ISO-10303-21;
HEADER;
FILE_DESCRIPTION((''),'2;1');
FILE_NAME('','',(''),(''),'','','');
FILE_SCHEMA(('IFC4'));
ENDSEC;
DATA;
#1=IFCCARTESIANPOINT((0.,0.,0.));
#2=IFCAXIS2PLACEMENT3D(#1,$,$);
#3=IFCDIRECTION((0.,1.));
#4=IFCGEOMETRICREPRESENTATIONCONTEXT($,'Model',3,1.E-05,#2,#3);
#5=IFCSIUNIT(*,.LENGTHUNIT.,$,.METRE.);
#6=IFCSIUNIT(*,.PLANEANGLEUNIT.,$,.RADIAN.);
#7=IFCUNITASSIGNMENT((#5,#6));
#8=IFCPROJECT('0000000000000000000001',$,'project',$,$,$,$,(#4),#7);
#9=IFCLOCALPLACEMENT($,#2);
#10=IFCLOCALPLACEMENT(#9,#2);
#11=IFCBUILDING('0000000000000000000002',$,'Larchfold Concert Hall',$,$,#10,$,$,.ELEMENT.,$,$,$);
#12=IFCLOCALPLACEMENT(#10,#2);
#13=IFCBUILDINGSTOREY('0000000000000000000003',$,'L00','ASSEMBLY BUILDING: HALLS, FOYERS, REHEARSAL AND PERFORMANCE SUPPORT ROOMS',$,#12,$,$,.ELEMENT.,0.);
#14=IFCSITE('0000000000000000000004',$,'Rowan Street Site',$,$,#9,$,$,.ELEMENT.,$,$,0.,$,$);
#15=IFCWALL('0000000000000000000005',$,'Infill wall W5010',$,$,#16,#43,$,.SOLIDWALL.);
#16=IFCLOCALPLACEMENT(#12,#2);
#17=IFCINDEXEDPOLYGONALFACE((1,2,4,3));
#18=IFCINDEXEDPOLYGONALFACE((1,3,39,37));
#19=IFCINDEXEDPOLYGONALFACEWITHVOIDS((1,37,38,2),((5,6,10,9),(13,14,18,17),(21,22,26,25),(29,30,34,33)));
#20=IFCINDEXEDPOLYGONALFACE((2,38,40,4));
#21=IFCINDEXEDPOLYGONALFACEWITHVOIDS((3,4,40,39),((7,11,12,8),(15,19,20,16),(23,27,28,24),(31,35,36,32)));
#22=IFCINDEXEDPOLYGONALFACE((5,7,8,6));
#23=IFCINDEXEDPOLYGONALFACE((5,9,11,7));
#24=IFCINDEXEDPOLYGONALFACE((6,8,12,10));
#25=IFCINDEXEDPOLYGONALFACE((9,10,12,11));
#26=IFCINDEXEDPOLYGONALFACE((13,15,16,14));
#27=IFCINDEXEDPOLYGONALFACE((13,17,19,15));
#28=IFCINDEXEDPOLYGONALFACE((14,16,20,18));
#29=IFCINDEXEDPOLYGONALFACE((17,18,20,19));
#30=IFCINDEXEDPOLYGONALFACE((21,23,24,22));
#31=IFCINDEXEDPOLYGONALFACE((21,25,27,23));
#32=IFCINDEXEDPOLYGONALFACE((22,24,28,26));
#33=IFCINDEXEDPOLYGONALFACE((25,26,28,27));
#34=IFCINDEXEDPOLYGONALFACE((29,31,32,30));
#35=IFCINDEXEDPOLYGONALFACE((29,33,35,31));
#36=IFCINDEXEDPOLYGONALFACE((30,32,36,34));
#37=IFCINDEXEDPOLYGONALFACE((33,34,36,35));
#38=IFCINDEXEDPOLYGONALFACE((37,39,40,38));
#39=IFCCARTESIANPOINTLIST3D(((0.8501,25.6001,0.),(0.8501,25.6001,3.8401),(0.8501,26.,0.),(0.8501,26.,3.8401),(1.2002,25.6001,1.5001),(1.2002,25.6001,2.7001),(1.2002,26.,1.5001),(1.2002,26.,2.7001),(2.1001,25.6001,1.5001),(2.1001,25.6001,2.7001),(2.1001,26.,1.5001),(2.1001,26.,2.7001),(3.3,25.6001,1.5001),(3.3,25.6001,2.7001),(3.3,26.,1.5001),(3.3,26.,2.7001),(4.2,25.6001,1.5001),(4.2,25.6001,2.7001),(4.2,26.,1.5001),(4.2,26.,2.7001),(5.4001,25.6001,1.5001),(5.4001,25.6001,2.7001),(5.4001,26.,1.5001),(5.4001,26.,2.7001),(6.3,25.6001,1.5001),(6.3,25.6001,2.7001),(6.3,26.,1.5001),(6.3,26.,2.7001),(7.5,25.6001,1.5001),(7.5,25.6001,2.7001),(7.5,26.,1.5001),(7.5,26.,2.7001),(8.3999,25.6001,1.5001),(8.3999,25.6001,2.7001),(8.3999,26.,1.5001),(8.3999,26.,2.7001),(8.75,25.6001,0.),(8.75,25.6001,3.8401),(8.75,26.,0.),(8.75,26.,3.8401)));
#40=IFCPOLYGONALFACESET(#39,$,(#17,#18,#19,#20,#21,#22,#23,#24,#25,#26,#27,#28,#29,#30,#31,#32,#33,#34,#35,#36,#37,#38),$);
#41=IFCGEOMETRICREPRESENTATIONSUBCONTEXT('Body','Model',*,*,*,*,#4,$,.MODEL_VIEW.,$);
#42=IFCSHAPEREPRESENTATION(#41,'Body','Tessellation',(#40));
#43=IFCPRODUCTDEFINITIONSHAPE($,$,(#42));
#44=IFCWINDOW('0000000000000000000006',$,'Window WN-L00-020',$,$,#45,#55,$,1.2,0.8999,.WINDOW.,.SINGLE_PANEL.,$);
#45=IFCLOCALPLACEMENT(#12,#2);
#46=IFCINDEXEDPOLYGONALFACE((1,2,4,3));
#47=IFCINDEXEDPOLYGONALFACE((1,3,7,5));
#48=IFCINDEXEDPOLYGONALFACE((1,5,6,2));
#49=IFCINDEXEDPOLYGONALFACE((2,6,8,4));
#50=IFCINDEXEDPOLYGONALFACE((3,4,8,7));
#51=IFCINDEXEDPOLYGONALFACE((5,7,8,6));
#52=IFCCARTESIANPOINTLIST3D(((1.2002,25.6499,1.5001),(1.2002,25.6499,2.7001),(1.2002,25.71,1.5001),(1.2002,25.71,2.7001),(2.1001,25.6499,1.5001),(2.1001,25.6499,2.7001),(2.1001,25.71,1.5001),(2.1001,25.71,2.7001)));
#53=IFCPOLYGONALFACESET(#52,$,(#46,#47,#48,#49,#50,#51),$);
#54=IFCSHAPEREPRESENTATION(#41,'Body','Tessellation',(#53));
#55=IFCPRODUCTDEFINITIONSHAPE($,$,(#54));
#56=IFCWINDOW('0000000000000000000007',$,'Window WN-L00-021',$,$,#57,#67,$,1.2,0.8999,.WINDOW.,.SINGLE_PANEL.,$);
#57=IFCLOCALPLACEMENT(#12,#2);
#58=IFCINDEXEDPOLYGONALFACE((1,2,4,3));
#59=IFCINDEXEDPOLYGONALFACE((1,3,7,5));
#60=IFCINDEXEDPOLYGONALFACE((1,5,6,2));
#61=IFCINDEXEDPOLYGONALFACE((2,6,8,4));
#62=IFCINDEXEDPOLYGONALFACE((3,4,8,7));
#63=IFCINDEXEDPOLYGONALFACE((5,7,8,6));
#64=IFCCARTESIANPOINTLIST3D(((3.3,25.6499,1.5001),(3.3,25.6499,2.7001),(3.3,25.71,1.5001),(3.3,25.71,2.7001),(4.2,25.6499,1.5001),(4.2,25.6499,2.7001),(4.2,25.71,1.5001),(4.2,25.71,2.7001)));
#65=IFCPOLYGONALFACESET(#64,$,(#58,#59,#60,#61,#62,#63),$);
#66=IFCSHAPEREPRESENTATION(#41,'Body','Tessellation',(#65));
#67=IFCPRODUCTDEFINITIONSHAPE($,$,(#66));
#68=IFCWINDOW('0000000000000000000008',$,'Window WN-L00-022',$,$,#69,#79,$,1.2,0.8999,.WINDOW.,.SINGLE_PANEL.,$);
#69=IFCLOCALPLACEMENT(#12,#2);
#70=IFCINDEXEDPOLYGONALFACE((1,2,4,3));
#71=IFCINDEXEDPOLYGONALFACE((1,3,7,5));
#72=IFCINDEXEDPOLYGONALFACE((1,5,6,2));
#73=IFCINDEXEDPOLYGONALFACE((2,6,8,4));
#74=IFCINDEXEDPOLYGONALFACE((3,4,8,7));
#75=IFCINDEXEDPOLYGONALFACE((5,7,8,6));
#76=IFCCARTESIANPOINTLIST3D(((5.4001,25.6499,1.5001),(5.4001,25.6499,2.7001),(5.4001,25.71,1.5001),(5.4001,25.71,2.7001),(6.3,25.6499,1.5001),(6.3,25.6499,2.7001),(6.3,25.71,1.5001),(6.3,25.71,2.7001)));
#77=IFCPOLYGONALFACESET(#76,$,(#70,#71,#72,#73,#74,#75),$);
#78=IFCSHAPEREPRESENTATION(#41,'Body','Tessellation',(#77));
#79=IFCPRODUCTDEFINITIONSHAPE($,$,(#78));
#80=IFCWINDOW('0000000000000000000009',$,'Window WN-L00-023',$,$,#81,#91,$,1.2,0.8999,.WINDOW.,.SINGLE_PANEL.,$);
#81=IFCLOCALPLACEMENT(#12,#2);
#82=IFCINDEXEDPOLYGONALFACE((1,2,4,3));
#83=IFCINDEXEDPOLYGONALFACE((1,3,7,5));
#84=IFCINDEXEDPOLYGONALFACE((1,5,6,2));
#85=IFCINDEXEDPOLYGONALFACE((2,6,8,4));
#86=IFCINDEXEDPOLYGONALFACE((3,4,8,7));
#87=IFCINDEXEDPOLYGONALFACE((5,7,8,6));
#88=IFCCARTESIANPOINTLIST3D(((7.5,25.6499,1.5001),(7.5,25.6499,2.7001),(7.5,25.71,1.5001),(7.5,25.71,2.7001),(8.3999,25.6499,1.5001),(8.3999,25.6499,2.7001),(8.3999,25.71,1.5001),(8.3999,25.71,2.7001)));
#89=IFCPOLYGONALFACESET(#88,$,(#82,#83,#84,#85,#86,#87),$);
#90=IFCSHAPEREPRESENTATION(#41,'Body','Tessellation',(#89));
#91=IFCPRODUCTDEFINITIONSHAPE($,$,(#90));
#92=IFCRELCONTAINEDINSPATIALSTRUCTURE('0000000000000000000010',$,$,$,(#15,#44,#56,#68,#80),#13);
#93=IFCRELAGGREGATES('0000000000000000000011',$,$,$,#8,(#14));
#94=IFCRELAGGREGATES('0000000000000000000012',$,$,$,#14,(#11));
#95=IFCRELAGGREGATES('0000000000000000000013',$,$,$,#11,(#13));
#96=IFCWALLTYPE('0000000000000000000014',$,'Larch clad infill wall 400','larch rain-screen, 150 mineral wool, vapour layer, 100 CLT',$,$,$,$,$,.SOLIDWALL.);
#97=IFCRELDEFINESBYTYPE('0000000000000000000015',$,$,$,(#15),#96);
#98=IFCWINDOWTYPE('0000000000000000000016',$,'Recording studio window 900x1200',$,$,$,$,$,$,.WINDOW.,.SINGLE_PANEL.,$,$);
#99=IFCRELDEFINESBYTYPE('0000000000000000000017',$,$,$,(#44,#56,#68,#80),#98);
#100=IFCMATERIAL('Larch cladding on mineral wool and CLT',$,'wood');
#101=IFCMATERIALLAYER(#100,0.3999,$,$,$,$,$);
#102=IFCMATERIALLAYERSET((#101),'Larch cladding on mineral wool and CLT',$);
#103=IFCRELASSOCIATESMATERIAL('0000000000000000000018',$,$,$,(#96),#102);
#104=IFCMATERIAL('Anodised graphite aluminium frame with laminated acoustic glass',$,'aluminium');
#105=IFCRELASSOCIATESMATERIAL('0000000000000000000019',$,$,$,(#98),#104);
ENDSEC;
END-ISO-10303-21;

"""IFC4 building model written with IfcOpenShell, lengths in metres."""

from ifc_helpers import new_model, si_unit, direction, frame, frame_2d, origin, place, context, subcontext, project, spatial, rectangle, extrude, material, layer, layer_set, type_object, element, fill, save


model = new_model("IFC4")

# Units and contexts
model_context = context("Model", 3, precision=1e-05, world=origin(), true_north=direction((0.0, 1.0)))
body_context = subcontext(model_context, "Body", "Model", "MODEL_VIEW")
ifc_project = project(units=[si_unit("LENGTHUNIT", "METRE"), si_unit("PLANEANGLEUNIT", "RADIAN")], contexts=[model_context])

# Site, building, storey
site_placement = place(None, origin())
site = spatial("IfcSite", under=ifc_project, at=site_placement, Name="Rowan Street Site", CompositionType="ELEMENT", RefElevation=0.0)
building_placement = place(site_placement, origin())
building = spatial("IfcBuilding", under=site, at=building_placement, Name="Larchfold Concert Hall", CompositionType="ELEMENT")
storey_placement = place(building_placement, origin())
storey = spatial("IfcBuildingStorey", under=building, at=storey_placement, Name="L00", Description="ASSEMBLY BUILDING: HALLS, FOYERS, REHEARSAL AND PERFORMANCE SUPPORT ROOMS", CompositionType="ELEMENT", Elevation=0.0)

# Wall, openings, windows
ifc_material_1 = material(Name="Larch cladding on mineral wool and CLT", Category="wood")
ifc_layer_1 = layer(ifc_material_1, 0.3999)
ifc_layer_set_1 = layer_set([ifc_layer_1], Name="Larch cladding on mineral wool and CLT")
wall_type_1 = type_object("IfcWallType", Name="Larch clad infill wall 400", Description="larch rain-screen, 150 mineral wool, vapour layer, 100 CLT", PredefinedType="SOLIDWALL", material=ifc_layer_set_1)
wall_1_placement = place(storey_placement, frame((8.75, 25.8, 0.0), z_axis=(0.0, 0.0, 1.0), x_axis=(-1.0, 0.0, 0.0)))
wall_1 = element("IfcWall", 1, at=wall_1_placement, inside=storey, type_object=wall_type_1, Name="Infill wall W5010", PredefinedType="SOLIDWALL", context=body_context, shape_type="SweptSolid", body=[
    extrude(rectangle(XDim=7.8999, YDim=0.3999, at=frame_2d((3.95, 0.0))), origin(), (0.0, 0.0, 1.0), 3.8401),
])
opening_1_placement = place(wall_1_placement, frame((6.6499, 0.0, 1.5)))
opening_1 = element("IfcOpeningElement", 2, at=opening_1_placement, cuts=wall_1, PredefinedType="OPENING", context=body_context, shape_type="SweptSolid", body=[
    extrude(rectangle(XDim=0.8999, YDim=1.2, at=frame_2d((0.45, 0.6001))), frame((0.0, 0.21, 0.0), z_axis=(0.0, -1.0, 0.0), x_axis=(1.0, 0.0, 0.0)), (0.0, 0.0, 1.0), 0.4199),
])
opening_2_placement = place(wall_1_placement, frame((4.55, 0.0, 1.5)))
opening_2 = element("IfcOpeningElement", 3, at=opening_2_placement, cuts=wall_1, PredefinedType="OPENING", context=body_context, shape_type="SweptSolid", body=[
    extrude(rectangle(XDim=0.8999, YDim=1.2, at=frame_2d((0.45, 0.6001))), frame((0.0, 0.21, 0.0), z_axis=(0.0, -1.0, 0.0), x_axis=(1.0, 0.0, 0.0)), (0.0, 0.0, 1.0), 0.4199),
])
opening_3_placement = place(wall_1_placement, frame((2.45, 0.0, 1.5)))
opening_3 = element("IfcOpeningElement", 4, at=opening_3_placement, cuts=wall_1, PredefinedType="OPENING", context=body_context, shape_type="SweptSolid", body=[
    extrude(rectangle(XDim=0.8999, YDim=1.2, at=frame_2d((0.45, 0.6001))), frame((0.0, 0.21, 0.0), z_axis=(0.0, -1.0, 0.0), x_axis=(1.0, 0.0, 0.0)), (0.0, 0.0, 1.0), 0.4199),
])
opening_4_placement = place(wall_1_placement, frame((0.3501, 0.0, 1.5)))
opening_4 = element("IfcOpeningElement", 5, at=opening_4_placement, cuts=wall_1, PredefinedType="OPENING", context=body_context, shape_type="SweptSolid", body=[
    extrude(rectangle(XDim=0.8999, YDim=1.2, at=frame_2d((0.45, 0.6001))), frame((0.0, 0.21, 0.0), z_axis=(0.0, -1.0, 0.0), x_axis=(1.0, 0.0, 0.0)), (0.0, 0.0, 1.0), 0.4199),
])
ifc_material_2 = material(Name="Anodised graphite aluminium frame with laminated acoustic glass", Category="aluminium")
window_type = type_object("IfcWindowType", Name="Recording studio window 900x1200", PartitioningType="SINGLE_PANEL", PredefinedType="WINDOW", material=ifc_material_2)
window_1_placement = place(opening_1_placement, origin())
window_1 = element("IfcWindow", 6, at=window_1_placement, inside=storey, type_object=window_type, Name="Window WN-L00-020", OverallHeight=1.2, OverallWidth=0.8999, PartitioningType="SINGLE_PANEL", PredefinedType="WINDOW", context=body_context, shape_type="SweptSolid", body=[
    extrude(rectangle(XDim=0.8999, YDim=1.2, at=frame_2d((0.45, 0.6001))), frame((0.0, 0.1501, 0.0), z_axis=(0.0, -1.0, 0.0), x_axis=(1.0, 0.0, 0.0)), (0.0, 0.0, 1.0), 0.0601),
])
fill(opening_1, window_1)
window_2_placement = place(opening_2_placement, origin())
window_2 = element("IfcWindow", 7, at=window_2_placement, inside=storey, type_object=window_type, Name="Window WN-L00-021", OverallHeight=1.2, OverallWidth=0.8999, PartitioningType="SINGLE_PANEL", PredefinedType="WINDOW", context=body_context, shape_type="SweptSolid", body=[
    extrude(rectangle(XDim=0.8999, YDim=1.2, at=frame_2d((0.45, 0.6001))), frame((0.0, 0.1501, 0.0), z_axis=(0.0, -1.0, 0.0), x_axis=(1.0, 0.0, 0.0)), (0.0, 0.0, 1.0), 0.0601),
])
fill(opening_2, window_2)
window_3_placement = place(opening_3_placement, origin())
window_3 = element("IfcWindow", 8, at=window_3_placement, inside=storey, type_object=window_type, Name="Window WN-L00-022", OverallHeight=1.2, OverallWidth=0.8999, PartitioningType="SINGLE_PANEL", PredefinedType="WINDOW", context=body_context, shape_type="SweptSolid", body=[
    extrude(rectangle(XDim=0.8999, YDim=1.2, at=frame_2d((0.45, 0.6001))), frame((0.0, 0.1501, 0.0), z_axis=(0.0, -1.0, 0.0), x_axis=(1.0, 0.0, 0.0)), (0.0, 0.0, 1.0), 0.0601),
])
fill(opening_3, window_3)
window_4_placement = place(opening_4_placement, origin())
window_4 = element("IfcWindow", 9, at=window_4_placement, inside=storey, type_object=window_type, Name="Window WN-L00-023", OverallHeight=1.2, OverallWidth=0.8999, PartitioningType="SINGLE_PANEL", PredefinedType="WINDOW", context=body_context, shape_type="SweptSolid", body=[
    extrude(rectangle(XDim=0.8999, YDim=1.2, at=frame_2d((0.45, 0.6001))), frame((0.0, 0.1501, 0.0), z_axis=(0.0, -1.0, 0.0), x_axis=(1.0, 0.0, 0.0)), (0.0, 0.0, 1.0), 0.0601),
])
fill(opening_4, window_4)

save(model, "model.ifc")
